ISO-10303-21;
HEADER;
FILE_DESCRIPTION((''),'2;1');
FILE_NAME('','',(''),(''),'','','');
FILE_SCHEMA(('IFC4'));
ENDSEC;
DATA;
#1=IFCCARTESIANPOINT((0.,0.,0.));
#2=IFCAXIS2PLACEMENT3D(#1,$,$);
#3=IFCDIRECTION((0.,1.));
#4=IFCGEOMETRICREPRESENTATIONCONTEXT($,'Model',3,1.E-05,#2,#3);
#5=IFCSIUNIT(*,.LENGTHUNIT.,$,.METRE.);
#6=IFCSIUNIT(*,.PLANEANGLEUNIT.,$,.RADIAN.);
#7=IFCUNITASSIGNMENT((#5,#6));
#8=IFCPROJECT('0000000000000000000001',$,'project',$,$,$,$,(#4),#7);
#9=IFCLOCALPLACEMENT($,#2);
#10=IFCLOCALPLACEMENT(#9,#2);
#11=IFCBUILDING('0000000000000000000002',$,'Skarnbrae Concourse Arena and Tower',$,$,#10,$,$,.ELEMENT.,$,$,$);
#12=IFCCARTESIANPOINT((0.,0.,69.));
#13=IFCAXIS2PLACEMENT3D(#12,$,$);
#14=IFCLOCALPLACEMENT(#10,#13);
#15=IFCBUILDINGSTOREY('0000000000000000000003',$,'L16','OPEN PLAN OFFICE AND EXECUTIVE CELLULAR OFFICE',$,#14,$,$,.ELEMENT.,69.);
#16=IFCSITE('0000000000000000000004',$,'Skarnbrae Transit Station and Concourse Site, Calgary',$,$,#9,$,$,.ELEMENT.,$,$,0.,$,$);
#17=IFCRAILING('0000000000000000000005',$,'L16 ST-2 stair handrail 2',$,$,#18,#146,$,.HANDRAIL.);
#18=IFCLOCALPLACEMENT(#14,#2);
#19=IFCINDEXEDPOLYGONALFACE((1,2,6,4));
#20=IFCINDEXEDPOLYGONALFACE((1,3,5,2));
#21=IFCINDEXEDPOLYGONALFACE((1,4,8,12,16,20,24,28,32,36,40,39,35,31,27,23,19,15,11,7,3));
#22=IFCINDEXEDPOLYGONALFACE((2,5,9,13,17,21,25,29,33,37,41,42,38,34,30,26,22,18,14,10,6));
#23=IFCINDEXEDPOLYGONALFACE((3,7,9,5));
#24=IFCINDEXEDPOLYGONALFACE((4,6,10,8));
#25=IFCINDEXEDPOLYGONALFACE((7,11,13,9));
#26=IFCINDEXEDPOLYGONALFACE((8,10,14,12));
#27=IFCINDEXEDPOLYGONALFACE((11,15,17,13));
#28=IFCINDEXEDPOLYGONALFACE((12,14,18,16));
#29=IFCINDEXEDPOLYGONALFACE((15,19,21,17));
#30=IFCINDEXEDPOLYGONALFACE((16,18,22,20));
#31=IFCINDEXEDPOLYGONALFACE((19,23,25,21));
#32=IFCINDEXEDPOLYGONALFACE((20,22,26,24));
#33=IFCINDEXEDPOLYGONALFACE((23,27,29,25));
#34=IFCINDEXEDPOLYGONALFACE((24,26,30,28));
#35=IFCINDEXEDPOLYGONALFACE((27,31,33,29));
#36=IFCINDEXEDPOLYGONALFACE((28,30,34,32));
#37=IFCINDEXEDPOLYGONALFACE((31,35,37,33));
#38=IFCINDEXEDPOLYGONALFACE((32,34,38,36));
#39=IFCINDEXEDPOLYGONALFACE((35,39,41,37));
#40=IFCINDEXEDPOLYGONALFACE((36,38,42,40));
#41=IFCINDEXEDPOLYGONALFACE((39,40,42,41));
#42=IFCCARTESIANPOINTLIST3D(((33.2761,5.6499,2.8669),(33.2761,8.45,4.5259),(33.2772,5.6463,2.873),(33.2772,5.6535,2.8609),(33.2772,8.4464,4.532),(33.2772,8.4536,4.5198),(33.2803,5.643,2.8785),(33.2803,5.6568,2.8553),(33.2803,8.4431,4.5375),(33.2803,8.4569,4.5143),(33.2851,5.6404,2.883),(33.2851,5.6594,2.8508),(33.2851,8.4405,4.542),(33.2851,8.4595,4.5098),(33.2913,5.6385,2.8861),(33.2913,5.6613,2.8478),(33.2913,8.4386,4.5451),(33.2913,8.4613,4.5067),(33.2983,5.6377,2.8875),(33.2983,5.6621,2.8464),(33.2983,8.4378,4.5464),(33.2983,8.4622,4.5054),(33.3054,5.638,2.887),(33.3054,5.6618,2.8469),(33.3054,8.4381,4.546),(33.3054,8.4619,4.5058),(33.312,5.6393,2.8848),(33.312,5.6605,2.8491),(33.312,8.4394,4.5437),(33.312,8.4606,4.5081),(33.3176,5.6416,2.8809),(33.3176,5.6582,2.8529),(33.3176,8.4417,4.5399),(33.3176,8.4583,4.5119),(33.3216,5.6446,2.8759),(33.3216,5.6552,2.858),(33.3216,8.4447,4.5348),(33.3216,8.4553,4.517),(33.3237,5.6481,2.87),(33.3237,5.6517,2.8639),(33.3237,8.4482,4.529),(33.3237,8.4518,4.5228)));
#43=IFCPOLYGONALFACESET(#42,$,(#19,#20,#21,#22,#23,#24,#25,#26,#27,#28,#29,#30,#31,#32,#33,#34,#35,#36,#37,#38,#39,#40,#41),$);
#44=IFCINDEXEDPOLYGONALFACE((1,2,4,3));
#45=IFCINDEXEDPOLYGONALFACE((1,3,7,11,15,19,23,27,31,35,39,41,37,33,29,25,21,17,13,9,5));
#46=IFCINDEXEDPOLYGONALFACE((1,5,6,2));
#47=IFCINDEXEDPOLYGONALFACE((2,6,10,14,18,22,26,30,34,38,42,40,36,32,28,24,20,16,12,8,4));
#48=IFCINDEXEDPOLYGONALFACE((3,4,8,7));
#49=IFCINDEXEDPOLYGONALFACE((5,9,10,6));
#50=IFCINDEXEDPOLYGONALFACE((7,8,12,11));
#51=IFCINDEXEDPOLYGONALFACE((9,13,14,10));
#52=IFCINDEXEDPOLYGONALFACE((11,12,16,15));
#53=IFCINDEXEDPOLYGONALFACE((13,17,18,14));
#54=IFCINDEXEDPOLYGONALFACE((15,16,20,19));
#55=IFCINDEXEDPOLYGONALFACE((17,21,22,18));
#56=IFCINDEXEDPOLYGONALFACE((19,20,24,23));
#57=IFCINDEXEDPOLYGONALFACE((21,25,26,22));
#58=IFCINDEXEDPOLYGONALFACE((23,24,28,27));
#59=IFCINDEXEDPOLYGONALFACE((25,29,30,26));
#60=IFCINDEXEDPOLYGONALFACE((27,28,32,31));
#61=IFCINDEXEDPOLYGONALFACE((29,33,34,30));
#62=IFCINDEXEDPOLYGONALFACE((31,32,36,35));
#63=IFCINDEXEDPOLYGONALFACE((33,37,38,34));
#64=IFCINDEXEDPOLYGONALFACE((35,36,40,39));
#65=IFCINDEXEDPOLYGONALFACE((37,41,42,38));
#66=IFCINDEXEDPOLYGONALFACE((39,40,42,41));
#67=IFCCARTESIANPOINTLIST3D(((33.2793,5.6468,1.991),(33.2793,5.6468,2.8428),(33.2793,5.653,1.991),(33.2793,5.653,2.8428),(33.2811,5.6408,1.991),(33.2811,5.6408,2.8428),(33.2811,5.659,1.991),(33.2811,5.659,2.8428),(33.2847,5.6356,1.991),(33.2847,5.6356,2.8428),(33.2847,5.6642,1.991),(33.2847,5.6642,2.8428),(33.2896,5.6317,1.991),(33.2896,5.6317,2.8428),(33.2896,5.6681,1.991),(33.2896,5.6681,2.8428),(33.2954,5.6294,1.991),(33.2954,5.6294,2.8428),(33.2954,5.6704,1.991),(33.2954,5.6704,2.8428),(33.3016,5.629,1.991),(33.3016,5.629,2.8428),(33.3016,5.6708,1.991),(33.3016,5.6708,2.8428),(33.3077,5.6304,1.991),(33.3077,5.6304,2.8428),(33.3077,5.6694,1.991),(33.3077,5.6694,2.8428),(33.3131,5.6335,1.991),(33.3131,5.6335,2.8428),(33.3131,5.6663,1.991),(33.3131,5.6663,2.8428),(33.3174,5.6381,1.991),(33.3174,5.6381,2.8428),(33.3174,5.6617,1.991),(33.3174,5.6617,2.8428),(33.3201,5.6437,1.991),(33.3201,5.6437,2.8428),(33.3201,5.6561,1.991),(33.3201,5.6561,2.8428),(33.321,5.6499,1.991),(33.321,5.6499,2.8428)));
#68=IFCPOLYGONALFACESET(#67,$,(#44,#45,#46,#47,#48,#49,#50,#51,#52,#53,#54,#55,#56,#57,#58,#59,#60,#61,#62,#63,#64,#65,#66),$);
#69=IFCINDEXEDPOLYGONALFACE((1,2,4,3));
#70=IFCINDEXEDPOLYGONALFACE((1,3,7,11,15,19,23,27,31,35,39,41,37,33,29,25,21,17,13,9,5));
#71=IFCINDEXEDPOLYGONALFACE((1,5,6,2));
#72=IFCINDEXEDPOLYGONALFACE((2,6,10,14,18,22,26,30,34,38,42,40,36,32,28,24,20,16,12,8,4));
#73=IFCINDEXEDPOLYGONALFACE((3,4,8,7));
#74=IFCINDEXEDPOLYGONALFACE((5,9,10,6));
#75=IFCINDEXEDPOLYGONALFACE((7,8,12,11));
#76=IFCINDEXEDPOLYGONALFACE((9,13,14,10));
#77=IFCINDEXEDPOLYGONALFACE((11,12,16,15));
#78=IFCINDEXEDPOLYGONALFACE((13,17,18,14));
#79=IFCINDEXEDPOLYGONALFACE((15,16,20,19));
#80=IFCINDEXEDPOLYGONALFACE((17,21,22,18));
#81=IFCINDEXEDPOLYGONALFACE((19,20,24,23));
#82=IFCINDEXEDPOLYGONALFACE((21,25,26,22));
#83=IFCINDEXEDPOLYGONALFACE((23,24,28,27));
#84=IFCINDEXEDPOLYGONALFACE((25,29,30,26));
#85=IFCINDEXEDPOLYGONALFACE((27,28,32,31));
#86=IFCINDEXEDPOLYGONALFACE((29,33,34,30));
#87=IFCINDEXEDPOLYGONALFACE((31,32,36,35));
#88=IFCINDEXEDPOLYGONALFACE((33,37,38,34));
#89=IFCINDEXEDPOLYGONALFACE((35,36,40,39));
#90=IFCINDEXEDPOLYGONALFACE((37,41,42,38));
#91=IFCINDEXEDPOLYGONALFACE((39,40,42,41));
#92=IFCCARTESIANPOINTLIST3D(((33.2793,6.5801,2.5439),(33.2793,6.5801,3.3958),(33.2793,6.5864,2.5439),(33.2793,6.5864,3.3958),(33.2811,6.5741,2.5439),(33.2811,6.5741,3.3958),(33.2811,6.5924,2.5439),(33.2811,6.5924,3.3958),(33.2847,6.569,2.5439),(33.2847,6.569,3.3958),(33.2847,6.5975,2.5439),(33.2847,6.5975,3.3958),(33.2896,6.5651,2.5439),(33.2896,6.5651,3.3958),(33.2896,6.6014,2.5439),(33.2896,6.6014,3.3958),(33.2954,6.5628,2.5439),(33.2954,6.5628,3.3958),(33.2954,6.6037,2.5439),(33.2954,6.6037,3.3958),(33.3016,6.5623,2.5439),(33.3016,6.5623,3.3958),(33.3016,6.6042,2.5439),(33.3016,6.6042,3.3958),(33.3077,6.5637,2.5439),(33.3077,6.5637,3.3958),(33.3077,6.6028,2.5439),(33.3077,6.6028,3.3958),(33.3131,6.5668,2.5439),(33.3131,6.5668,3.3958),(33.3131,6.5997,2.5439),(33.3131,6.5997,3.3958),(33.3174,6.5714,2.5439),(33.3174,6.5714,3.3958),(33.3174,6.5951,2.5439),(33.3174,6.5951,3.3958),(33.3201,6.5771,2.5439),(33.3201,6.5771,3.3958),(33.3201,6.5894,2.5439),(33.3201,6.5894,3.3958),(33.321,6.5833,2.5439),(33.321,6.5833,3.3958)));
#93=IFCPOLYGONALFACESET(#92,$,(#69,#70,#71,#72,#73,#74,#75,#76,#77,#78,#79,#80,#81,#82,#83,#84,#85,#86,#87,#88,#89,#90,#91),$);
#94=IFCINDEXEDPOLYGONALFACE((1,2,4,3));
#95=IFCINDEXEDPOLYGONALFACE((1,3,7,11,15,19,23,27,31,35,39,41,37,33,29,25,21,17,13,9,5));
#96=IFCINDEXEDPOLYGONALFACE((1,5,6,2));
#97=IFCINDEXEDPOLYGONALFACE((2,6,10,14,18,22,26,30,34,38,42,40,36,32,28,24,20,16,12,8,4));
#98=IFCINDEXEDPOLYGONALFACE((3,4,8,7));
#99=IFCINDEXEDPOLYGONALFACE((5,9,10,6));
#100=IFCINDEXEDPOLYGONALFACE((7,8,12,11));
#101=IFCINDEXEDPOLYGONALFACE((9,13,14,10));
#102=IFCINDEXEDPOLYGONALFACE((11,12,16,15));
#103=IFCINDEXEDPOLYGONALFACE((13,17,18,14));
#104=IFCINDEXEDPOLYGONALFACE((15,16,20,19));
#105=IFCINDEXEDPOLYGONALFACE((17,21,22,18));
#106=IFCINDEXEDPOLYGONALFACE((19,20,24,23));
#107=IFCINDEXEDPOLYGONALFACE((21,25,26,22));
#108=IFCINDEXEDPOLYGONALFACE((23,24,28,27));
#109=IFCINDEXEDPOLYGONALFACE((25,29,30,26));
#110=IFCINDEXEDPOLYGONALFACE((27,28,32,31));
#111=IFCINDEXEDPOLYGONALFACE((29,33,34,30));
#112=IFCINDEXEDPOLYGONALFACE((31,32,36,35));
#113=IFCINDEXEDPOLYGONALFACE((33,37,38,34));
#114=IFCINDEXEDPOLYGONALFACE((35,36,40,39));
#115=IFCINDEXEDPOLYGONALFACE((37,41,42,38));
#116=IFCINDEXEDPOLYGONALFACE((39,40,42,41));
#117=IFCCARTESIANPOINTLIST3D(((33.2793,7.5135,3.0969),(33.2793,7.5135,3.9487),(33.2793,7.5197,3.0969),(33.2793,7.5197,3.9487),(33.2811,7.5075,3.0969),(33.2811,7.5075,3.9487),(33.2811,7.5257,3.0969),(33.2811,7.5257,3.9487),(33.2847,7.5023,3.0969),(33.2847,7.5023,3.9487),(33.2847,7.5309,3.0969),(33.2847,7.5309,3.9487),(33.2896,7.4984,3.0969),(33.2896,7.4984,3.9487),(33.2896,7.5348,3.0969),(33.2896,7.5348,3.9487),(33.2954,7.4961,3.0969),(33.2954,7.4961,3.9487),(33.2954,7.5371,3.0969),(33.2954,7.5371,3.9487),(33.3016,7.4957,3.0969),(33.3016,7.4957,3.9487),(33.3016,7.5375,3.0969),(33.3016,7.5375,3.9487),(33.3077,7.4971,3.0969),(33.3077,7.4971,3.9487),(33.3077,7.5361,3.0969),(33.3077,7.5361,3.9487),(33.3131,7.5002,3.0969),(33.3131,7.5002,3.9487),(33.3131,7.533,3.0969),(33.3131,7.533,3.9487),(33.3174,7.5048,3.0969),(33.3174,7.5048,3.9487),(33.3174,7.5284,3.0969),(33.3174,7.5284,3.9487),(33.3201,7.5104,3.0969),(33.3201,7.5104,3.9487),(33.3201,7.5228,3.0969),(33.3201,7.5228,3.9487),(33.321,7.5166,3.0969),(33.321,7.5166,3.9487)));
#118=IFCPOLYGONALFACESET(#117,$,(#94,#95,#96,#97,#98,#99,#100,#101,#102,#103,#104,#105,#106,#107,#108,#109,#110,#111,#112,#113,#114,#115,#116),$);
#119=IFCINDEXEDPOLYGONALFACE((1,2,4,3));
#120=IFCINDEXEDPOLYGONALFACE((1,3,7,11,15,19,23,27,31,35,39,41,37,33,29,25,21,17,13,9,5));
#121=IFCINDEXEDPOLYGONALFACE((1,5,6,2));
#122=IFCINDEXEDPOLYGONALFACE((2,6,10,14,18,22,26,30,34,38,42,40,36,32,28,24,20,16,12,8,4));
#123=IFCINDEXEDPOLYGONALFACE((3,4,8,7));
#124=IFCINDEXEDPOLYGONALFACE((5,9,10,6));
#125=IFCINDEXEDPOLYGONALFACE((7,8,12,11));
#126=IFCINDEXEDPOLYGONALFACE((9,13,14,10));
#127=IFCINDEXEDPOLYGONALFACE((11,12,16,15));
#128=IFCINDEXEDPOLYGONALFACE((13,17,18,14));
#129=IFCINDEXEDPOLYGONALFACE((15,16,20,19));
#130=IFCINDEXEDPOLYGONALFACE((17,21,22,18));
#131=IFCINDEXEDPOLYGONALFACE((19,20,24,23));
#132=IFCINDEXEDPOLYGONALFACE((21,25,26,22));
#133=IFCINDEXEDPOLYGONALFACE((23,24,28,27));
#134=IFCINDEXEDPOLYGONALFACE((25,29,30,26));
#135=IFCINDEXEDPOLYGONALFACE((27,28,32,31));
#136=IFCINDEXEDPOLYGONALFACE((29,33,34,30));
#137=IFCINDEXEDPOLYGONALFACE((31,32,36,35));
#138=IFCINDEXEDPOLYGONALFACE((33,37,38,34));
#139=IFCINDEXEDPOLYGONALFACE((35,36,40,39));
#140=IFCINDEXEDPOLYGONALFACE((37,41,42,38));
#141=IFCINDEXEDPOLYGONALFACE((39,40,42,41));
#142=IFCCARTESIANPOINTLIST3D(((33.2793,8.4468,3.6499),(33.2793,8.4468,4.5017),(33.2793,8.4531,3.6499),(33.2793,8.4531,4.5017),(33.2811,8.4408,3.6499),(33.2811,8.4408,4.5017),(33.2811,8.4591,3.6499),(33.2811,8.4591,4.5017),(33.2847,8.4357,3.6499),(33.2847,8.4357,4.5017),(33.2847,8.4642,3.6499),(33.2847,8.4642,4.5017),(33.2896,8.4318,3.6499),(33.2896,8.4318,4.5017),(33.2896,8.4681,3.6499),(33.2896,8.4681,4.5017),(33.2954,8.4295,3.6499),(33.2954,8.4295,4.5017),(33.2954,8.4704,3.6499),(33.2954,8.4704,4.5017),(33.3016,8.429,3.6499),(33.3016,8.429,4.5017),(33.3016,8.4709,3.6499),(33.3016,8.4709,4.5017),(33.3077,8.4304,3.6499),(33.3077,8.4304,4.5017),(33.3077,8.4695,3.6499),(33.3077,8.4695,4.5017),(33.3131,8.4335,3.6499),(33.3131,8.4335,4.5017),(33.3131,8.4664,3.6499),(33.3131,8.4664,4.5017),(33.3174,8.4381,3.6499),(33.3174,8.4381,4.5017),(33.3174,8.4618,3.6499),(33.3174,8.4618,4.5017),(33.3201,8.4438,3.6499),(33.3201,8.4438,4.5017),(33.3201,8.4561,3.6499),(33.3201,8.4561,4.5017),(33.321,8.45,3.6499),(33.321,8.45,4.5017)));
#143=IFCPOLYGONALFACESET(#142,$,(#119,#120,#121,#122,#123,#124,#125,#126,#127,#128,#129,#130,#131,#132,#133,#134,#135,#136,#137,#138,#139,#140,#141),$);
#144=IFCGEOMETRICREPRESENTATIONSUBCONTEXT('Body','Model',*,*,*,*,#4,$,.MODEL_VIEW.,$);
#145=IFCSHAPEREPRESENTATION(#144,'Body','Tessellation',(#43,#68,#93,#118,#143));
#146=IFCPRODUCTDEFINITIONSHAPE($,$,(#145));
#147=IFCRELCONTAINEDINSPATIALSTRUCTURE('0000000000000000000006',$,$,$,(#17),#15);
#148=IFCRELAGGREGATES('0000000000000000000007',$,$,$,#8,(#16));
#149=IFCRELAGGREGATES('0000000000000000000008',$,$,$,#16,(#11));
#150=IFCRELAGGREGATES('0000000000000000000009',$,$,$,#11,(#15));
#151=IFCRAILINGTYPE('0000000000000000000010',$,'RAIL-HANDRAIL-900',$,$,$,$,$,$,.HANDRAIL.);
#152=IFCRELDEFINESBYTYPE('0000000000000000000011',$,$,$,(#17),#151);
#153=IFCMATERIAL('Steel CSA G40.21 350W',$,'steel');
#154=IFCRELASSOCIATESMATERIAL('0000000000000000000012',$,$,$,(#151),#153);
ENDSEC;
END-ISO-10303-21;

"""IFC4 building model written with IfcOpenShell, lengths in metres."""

from ifc_helpers import new_model, si_unit, direction, frame, origin, origin_2d, place, context, subcontext, project, spatial, circle, extrude, material, type_object, element, save


model = new_model("IFC4")

# Units and contexts
model_context = context("Model", 3, precision=1e-05, world=origin(), true_north=direction((0.0, 1.0)))
body_context = subcontext(model_context, "Body", "Model", "MODEL_VIEW")
ifc_project = project(units=[si_unit("LENGTHUNIT", "METRE"), si_unit("PLANEANGLEUNIT", "RADIAN")], contexts=[model_context])

# Site, building, storey
site_placement = place(None, origin())
site = spatial("IfcSite", under=ifc_project, at=site_placement, Name="Skarnbrae Transit Station and Concourse Site, Calgary", CompositionType="ELEMENT", RefElevation=0.0)
building_placement = place(site_placement, origin())
building = spatial("IfcBuilding", under=site, at=building_placement, Name="Skarnbrae Concourse Arena and Tower", CompositionType="ELEMENT")
storey_placement = place(building_placement, frame((0.0, 0.0, 69.0)))
storey = spatial("IfcBuildingStorey", under=building, at=storey_placement, Name="L16", Description="OPEN PLAN OFFICE AND EXECUTIVE CELLULAR OFFICE", CompositionType="ELEMENT", Elevation=69.0)

# Shared definitions
ifc_material_1 = material(Name="Steel CSA G40.21 350W", Category="steel")

# Railing
railing_type_1 = type_object("IfcRailingType", Name="RAIL-HANDRAIL-900", PredefinedType="HANDRAIL", material=ifc_material_1)
railing_1_placement = place(storey_placement, frame((33.3, 5.6499, 1.991)))
element("IfcRailing", 1, at=railing_1_placement, inside=storey, type_object=railing_type_1, Name="L16 ST-2 stair handrail 2", PredefinedType="HANDRAIL", context=body_context, shape_type="SweptSolid", body=[
    extrude(circle(Radius=0.0239, at=origin_2d()), frame((0.0, 0.0, 0.876), z_axis=(0.0, 0.860339, 0.509722), x_axis=(-1.0, 0.0, 0.0)), (0.0, 0.0, 1.0), 3.2546),
    extrude(circle(Radius=0.021, at=origin_2d()), origin(), (0.0, 0.0, 1.0), 0.8518),
    extrude(circle(Radius=0.021, at=origin_2d()), frame((0.0, 0.9333, 0.553)), (0.0, 0.0, 1.0), 0.8518),
    extrude(circle(Radius=0.021, at=origin_2d()), frame((0.0, 1.8667, 1.106)), (0.0, 0.0, 1.0), 0.8518),
    extrude(circle(Radius=0.021, at=origin_2d()), frame((0.0, 2.8, 1.6589)), (0.0, 0.0, 1.0), 0.8518),
])

save(model, "model.ifc")
